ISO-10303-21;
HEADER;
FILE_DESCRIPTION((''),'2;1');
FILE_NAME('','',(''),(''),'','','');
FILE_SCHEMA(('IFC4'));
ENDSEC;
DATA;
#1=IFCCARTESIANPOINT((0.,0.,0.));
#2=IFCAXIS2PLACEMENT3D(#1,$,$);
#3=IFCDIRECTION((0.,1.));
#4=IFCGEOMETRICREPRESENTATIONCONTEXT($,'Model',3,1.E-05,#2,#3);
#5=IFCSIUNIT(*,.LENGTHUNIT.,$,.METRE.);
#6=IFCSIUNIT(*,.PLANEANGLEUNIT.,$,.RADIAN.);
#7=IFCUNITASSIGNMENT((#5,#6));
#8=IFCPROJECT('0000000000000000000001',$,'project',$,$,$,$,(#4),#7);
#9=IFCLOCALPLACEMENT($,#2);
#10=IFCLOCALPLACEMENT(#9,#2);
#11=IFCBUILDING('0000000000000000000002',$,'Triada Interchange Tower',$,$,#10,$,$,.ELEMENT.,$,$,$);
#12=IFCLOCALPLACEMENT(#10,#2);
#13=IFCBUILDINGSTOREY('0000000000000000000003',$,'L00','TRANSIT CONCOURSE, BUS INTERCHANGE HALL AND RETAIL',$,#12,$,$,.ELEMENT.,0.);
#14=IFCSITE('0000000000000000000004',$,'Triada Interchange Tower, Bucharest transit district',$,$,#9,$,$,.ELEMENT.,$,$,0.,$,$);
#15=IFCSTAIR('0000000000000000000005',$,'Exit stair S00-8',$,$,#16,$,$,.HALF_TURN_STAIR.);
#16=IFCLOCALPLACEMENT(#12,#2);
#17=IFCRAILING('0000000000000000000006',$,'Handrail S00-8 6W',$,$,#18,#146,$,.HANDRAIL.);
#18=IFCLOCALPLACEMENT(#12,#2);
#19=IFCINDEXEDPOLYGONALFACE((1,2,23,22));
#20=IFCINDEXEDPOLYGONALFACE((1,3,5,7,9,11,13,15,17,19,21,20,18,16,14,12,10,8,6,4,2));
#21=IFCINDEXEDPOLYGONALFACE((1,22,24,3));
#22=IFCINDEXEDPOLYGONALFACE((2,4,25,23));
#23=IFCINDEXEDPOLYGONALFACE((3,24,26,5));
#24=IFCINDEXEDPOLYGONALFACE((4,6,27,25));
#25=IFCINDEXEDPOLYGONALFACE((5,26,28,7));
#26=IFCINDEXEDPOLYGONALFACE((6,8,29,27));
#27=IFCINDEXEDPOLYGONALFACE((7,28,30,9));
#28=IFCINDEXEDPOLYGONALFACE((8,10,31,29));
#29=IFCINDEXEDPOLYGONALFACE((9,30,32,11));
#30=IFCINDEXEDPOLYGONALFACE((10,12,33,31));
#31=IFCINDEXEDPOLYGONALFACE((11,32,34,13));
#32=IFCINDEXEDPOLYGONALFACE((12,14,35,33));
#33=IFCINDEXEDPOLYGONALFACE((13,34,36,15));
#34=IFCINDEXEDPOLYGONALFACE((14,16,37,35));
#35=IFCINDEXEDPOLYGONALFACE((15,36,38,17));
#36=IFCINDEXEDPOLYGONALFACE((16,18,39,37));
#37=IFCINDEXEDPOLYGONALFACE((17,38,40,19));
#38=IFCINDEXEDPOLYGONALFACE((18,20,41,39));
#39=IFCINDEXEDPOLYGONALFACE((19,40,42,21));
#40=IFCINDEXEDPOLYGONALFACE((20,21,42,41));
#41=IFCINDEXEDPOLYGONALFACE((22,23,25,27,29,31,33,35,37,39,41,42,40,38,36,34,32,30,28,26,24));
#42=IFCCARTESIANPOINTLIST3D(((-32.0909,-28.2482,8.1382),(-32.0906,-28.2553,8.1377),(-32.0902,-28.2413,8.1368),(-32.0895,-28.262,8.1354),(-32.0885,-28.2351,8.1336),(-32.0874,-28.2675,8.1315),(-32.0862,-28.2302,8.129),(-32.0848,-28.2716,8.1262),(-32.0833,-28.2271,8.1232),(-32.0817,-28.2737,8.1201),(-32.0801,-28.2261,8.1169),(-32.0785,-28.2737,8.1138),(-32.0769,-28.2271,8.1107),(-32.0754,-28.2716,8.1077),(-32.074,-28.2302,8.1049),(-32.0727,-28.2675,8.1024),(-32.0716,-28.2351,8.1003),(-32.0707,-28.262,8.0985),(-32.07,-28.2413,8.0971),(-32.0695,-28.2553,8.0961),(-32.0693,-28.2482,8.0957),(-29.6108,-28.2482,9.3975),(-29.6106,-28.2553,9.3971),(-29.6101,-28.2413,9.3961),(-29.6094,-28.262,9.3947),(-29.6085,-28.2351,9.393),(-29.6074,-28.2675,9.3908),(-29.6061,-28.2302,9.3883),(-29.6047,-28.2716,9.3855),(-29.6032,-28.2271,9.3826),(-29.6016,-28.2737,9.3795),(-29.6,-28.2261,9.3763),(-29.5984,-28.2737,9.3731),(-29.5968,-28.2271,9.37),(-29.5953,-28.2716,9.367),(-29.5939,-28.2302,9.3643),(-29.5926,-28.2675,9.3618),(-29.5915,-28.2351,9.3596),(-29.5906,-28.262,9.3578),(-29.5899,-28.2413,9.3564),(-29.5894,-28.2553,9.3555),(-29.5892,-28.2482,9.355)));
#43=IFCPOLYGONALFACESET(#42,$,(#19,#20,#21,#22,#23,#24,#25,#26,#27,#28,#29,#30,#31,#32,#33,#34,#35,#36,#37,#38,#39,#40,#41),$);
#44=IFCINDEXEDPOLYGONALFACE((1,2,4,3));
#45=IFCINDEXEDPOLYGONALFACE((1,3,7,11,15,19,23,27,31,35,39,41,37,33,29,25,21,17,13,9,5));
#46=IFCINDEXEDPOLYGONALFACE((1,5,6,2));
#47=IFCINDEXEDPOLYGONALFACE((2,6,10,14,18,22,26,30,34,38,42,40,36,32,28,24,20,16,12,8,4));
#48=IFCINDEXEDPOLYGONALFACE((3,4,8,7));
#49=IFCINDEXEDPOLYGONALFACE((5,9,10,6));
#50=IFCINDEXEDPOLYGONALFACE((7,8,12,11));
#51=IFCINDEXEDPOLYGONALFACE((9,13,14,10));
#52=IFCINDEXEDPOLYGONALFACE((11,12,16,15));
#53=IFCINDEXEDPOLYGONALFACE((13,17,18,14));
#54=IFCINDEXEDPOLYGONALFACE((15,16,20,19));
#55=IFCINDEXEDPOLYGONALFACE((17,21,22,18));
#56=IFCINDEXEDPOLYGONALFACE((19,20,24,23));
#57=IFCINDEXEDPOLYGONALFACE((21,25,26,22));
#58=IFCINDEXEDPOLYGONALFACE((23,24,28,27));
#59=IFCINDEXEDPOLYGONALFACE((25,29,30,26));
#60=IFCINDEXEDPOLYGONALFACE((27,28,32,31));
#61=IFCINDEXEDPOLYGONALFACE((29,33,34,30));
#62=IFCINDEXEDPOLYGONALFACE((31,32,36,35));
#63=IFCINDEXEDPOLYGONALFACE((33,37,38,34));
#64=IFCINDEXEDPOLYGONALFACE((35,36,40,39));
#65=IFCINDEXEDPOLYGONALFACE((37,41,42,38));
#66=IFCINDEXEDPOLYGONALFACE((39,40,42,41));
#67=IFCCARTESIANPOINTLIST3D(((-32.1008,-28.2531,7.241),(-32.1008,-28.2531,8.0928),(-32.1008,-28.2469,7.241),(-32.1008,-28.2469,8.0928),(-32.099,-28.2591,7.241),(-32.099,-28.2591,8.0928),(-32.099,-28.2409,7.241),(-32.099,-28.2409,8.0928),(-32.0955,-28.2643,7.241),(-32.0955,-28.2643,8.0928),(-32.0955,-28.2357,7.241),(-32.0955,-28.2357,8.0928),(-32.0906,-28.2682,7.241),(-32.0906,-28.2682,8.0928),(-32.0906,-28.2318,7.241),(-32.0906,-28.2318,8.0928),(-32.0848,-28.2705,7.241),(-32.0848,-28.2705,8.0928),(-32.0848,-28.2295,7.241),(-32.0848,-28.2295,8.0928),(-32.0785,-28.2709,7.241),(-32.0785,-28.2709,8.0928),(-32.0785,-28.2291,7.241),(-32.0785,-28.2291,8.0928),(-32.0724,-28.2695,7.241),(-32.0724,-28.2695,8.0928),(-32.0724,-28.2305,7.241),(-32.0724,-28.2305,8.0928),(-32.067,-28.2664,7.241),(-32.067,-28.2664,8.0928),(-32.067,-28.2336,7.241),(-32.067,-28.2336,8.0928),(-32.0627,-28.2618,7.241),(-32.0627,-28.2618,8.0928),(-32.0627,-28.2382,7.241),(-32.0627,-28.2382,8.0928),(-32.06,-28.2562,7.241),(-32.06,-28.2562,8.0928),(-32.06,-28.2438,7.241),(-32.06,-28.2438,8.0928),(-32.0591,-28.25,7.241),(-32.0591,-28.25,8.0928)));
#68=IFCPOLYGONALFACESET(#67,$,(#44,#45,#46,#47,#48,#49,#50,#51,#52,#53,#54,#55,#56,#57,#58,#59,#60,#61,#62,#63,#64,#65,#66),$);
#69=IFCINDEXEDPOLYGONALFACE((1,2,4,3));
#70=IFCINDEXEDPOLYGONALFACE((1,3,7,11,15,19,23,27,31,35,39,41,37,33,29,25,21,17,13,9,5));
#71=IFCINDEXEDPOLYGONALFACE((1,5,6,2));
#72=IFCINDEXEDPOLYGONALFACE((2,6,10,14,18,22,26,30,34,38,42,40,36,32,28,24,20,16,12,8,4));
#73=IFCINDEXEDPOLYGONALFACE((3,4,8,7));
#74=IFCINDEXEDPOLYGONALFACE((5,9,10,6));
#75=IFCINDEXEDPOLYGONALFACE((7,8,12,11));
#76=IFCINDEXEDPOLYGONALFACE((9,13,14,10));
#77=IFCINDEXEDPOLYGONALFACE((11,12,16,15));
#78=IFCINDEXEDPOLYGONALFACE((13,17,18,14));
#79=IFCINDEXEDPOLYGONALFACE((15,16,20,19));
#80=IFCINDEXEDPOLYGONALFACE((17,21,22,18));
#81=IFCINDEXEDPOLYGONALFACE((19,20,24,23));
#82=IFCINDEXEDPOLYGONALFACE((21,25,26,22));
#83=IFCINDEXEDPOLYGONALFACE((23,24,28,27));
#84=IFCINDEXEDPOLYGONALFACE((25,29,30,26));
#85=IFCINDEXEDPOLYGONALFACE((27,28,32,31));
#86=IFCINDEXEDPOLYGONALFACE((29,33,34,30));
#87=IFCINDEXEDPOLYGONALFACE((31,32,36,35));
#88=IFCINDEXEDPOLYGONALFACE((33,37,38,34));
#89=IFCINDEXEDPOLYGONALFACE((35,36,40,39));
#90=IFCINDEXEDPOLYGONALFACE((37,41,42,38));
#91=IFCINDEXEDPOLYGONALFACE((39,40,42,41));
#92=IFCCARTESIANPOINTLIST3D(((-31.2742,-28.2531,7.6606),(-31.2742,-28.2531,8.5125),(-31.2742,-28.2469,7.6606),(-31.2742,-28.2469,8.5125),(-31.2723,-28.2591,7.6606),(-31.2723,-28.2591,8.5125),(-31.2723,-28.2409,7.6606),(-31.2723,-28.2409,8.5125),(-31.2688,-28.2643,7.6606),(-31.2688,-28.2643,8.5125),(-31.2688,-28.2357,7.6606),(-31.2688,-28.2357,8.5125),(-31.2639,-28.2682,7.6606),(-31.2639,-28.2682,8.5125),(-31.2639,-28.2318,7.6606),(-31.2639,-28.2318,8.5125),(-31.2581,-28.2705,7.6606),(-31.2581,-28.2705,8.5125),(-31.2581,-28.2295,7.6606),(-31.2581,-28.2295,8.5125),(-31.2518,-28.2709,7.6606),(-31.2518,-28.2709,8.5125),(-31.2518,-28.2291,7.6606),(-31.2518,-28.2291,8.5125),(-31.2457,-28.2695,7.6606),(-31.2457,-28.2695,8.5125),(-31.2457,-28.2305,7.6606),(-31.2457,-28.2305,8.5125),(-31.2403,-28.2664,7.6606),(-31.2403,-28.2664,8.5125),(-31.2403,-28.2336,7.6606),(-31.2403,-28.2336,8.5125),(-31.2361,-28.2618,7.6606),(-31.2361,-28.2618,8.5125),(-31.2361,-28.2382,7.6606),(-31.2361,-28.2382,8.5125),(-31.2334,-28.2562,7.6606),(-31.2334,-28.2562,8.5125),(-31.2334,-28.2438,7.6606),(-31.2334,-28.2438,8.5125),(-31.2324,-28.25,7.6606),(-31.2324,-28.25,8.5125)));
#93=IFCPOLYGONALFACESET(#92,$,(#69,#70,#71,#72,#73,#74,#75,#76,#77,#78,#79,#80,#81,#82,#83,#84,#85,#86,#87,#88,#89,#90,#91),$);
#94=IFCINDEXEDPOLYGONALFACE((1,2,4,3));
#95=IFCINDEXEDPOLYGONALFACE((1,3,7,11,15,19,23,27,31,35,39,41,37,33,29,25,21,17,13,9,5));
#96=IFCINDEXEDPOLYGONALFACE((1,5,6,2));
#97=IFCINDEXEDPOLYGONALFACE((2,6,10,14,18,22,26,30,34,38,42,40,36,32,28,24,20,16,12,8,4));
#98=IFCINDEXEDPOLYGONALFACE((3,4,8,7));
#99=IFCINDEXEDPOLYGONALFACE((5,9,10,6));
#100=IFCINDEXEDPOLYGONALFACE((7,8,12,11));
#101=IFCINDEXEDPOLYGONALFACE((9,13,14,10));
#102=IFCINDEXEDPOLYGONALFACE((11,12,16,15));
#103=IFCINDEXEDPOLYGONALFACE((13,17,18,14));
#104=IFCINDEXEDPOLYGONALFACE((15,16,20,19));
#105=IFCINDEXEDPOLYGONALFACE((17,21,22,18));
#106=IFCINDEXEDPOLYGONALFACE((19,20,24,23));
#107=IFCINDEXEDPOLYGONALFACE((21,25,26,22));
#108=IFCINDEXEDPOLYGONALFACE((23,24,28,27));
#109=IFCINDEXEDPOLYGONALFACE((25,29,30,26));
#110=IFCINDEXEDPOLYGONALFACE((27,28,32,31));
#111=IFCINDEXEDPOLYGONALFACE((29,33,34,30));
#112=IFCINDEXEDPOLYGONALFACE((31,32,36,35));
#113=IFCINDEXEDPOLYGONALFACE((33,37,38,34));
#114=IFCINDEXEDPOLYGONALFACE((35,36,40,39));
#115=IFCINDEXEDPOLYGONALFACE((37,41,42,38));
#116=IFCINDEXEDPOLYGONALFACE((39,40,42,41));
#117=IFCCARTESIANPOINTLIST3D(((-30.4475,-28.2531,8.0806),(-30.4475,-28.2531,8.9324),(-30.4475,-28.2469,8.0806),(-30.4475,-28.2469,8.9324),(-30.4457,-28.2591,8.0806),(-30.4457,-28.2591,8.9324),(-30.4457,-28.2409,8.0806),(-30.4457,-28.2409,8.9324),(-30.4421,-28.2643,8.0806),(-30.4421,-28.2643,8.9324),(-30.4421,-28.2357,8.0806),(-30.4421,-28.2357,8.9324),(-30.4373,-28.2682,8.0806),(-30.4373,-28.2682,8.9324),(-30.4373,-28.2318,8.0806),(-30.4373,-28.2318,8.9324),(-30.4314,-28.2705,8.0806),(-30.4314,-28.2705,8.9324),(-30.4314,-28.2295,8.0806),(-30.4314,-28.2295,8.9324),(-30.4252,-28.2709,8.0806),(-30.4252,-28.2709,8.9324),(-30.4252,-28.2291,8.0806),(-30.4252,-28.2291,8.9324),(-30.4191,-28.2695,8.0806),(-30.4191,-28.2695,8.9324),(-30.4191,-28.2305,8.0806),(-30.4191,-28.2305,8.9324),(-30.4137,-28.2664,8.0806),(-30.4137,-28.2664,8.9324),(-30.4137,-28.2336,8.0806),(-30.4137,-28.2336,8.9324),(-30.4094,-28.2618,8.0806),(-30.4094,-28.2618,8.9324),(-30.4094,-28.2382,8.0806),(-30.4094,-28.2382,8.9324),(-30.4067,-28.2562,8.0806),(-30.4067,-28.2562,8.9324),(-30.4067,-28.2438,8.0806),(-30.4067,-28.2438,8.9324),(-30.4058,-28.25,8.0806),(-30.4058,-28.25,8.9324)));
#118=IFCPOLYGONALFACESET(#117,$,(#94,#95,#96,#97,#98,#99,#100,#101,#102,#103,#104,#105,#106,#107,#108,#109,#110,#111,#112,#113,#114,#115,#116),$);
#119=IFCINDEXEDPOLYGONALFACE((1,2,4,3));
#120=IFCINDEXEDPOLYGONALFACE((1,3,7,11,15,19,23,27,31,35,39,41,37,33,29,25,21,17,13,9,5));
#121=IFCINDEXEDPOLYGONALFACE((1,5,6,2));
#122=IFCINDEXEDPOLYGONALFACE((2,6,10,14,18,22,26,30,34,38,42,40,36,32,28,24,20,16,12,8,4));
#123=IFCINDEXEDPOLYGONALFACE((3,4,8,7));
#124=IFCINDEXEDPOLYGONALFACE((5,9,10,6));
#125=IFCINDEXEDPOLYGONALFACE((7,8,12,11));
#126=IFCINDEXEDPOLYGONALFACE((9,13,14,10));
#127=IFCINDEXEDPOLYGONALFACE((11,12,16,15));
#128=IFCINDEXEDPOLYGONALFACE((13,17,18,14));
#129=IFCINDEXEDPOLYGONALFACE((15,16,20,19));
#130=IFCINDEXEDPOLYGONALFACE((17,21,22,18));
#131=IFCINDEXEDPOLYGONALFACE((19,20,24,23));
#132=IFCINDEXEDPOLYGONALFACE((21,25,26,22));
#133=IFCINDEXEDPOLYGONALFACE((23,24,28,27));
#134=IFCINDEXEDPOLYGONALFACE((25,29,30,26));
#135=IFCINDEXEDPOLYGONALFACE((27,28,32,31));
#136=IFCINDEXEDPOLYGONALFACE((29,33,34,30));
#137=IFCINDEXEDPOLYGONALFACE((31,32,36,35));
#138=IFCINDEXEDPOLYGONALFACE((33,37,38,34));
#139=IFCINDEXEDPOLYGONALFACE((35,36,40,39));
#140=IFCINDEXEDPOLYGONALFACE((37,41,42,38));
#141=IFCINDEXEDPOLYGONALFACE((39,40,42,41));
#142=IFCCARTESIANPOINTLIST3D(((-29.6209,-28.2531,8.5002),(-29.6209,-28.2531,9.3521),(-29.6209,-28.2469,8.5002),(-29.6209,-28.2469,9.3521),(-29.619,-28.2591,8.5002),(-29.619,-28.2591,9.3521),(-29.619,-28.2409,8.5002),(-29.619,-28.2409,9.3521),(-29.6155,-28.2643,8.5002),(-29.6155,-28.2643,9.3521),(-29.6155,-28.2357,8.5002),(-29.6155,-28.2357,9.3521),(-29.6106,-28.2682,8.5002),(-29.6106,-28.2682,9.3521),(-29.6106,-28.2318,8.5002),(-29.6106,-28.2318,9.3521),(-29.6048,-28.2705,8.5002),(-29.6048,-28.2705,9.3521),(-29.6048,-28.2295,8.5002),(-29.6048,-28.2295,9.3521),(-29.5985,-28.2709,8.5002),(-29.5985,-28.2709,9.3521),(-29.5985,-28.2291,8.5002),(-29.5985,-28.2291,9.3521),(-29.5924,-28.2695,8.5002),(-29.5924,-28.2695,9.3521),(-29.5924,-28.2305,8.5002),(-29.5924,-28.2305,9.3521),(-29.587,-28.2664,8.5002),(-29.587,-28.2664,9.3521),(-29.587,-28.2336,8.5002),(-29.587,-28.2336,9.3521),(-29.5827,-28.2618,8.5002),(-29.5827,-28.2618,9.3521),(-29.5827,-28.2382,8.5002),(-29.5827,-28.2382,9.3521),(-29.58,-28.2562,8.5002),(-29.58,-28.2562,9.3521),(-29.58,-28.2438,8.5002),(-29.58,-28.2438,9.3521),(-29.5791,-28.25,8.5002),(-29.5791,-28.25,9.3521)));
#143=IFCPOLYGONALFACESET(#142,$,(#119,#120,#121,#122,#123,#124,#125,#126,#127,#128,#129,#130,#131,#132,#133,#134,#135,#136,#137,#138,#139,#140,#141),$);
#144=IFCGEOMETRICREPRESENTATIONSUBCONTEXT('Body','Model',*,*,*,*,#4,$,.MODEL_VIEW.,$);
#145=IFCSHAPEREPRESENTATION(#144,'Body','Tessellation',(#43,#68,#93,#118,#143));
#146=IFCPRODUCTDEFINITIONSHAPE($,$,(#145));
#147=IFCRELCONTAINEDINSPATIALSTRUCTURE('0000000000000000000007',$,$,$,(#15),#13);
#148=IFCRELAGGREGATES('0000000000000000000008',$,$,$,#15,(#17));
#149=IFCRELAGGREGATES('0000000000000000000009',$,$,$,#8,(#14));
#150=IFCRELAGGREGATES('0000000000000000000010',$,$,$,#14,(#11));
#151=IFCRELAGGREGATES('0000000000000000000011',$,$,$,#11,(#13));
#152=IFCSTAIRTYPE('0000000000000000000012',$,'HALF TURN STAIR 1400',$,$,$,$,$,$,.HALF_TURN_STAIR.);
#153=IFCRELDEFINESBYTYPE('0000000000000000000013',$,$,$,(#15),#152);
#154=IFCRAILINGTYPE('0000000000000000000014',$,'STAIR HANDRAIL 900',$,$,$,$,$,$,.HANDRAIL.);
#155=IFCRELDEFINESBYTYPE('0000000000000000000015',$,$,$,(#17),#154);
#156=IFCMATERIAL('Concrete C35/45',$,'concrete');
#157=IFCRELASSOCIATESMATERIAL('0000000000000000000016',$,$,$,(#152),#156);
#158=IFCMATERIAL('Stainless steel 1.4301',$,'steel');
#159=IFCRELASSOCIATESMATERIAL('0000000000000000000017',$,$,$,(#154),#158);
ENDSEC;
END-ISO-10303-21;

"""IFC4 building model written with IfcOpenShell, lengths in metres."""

from ifc_helpers import new_model, si_unit, direction, frame, origin, origin_2d, place, context, subcontext, project, spatial, circle, extrude, material, type_object, element, aggregate, save


model = new_model("IFC4")

# Units and contexts
model_context = context("Model", 3, precision=1e-05, world=origin(), true_north=direction((0.0, 1.0)))
body_context = subcontext(model_context, "Body", "Model", "MODEL_VIEW")
ifc_project = project(units=[si_unit("LENGTHUNIT", "METRE"), si_unit("PLANEANGLEUNIT", "RADIAN")], contexts=[model_context])

# Site, building, storey
site_placement = place(None, origin())
site = spatial("IfcSite", under=ifc_project, at=site_placement, Name="Triada Interchange Tower, Bucharest transit district", CompositionType="ELEMENT", RefElevation=0.0)
building_placement = place(site_placement, origin())
building = spatial("IfcBuilding", under=site, at=building_placement, Name="Triada Interchange Tower", CompositionType="ELEMENT")
storey_placement = place(building_placement, origin())
storey = spatial("IfcBuildingStorey", under=building, at=storey_placement, Name="L00", Description="TRANSIT CONCOURSE, BUS INTERCHANGE HALL AND RETAIL", CompositionType="ELEMENT", Elevation=0.0)

# Stair, railing
ifc_material_1 = material(Name="Concrete C35/45", Category="concrete")
stair_type = type_object("IfcStairType", Name="HALF TURN STAIR 1400", PredefinedType="HALF_TURN_STAIR", material=ifc_material_1)
stair_placement = place(storey_placement, origin())
stair = element("IfcStair", 1, at=stair_placement, inside=storey, type_object=stair_type, Name="Exit stair S00-8", PredefinedType="HALF_TURN_STAIR")
ifc_material_2 = material(Name="Stainless steel 1.4301", Category="steel")
railing_type = type_object("IfcRailingType", Name="STAIR HANDRAIL 900", PredefinedType="HANDRAIL", material=ifc_material_2)
railing_1_placement = place(storey_placement, frame((-32.0801, -28.25, 7.241)))
railing_1 = element("IfcRailing", 2, at=railing_1_placement, type_object=railing_type, Name="Handrail S00-8 6W", PredefinedType="HANDRAIL", context=body_context, shape_type="SweptSolid", body=[
    extrude(circle(Radius=0.0239, at=origin_2d()), frame((0.0, 0.0, 0.876), z_axis=(0.891636, 0.0, 0.452752), x_axis=(0.0, 1.0, 0.0)), (0.0, 0.0, 1.0), 2.7815),
    extrude(circle(Radius=0.021, at=origin_2d()), origin(), (0.0, 0.0, 1.0), 0.8518),
    extrude(circle(Radius=0.021, at=origin_2d()), frame((0.8267, 0.0, 0.4197)), (0.0, 0.0, 1.0), 0.8518),
    extrude(circle(Radius=0.021, at=origin_2d()), frame((1.6533, 0.0, 0.8396)), (0.0, 0.0, 1.0), 0.8518),
    extrude(circle(Radius=0.021, at=origin_2d()), frame((2.48, 0.0, 1.2593)), (0.0, 0.0, 1.0), 0.8518),
])
aggregate(stair, [railing_1])

save(model, "model.ifc")
